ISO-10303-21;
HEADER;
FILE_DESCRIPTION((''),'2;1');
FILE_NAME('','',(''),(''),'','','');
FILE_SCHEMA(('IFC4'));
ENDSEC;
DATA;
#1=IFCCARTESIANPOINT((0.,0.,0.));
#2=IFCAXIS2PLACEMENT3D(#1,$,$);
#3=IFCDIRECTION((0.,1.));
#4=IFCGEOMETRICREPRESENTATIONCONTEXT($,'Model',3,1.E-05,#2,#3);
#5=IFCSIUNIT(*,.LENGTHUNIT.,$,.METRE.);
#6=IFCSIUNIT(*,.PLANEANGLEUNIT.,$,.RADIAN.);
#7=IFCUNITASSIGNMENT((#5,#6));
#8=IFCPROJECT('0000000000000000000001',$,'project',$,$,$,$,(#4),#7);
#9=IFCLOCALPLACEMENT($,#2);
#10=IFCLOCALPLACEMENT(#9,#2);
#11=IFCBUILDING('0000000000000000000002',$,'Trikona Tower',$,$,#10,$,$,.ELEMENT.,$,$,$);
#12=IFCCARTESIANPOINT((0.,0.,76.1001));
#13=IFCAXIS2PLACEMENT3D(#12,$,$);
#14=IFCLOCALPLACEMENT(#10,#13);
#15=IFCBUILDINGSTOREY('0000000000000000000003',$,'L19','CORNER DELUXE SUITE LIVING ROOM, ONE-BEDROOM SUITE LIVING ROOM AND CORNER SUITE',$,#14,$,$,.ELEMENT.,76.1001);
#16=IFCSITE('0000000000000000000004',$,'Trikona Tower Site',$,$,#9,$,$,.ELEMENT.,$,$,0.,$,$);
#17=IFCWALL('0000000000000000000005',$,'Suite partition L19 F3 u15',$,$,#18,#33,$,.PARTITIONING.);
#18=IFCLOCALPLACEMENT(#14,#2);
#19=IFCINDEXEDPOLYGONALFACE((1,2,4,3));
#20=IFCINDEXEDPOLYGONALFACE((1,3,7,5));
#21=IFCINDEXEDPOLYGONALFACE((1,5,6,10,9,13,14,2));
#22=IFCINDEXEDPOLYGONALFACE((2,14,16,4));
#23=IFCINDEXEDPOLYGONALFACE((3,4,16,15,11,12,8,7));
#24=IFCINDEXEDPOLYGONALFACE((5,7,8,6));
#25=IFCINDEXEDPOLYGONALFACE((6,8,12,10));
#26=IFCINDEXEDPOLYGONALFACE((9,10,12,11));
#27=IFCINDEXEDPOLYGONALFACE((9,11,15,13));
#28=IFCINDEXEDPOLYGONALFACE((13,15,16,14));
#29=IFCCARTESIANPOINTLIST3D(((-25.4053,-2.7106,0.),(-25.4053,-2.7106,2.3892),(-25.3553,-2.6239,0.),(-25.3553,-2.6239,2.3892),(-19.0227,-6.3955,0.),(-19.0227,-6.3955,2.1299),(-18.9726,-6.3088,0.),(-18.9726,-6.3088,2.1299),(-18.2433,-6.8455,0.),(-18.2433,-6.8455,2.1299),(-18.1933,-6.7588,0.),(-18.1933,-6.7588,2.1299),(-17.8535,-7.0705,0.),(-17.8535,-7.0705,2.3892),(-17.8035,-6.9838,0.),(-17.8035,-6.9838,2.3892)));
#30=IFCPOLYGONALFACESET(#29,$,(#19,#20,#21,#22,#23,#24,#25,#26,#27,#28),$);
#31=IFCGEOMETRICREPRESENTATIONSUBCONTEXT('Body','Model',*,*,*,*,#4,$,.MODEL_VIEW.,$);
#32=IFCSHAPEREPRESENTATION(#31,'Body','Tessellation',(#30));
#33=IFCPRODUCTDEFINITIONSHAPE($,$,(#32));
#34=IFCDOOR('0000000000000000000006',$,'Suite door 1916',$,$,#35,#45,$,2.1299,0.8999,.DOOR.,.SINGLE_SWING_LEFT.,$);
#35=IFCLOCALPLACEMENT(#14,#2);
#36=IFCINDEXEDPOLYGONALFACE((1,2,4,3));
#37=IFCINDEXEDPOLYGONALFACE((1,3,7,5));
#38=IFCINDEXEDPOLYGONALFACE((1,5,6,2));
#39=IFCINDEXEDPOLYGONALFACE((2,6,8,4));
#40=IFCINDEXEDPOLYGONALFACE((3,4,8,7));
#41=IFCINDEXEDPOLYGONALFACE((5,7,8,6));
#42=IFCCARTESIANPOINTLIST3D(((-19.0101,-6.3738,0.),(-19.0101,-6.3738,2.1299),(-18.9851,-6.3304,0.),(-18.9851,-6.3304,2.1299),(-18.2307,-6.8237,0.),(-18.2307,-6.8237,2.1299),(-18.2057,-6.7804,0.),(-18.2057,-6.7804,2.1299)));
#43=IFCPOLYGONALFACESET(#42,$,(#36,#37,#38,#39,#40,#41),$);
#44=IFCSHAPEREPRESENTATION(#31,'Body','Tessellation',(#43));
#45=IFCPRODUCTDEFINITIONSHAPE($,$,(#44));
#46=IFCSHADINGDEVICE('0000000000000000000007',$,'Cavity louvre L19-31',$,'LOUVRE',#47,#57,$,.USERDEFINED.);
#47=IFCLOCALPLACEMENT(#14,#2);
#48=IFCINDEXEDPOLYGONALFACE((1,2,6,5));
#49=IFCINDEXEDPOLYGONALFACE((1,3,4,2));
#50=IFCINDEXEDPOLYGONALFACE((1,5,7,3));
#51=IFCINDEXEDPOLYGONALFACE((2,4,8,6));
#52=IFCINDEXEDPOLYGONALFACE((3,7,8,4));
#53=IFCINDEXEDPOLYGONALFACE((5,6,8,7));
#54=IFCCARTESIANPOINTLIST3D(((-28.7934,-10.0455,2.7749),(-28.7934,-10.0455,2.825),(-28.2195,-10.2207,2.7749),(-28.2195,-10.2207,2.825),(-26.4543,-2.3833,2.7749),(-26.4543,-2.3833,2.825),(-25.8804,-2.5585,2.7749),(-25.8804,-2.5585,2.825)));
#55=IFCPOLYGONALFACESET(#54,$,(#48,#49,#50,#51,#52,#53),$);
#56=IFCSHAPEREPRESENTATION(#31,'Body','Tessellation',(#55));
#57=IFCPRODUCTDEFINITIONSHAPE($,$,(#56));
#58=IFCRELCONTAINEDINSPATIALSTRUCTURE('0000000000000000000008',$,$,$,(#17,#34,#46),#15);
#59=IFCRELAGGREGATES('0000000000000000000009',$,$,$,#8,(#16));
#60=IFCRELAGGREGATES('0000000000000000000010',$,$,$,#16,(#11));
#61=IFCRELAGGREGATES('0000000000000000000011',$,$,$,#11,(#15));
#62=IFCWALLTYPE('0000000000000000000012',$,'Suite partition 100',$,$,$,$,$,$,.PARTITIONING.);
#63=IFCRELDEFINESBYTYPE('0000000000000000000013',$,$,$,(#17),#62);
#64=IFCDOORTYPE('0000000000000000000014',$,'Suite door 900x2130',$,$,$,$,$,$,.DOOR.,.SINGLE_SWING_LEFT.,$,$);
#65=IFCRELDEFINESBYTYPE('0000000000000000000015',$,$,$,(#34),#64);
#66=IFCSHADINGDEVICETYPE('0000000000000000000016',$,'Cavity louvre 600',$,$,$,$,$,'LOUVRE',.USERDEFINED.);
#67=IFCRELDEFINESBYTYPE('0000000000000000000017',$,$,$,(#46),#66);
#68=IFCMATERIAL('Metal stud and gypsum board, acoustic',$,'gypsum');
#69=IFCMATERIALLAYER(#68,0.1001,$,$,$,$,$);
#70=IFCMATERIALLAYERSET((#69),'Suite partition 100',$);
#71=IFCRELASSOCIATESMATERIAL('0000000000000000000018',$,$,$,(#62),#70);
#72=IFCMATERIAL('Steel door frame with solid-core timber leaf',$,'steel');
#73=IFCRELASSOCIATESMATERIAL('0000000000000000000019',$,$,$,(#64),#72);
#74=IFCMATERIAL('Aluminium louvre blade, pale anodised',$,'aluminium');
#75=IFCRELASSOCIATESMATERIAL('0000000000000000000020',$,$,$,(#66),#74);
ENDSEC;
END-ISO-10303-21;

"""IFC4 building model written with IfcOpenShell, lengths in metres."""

from ifc_helpers import new_model, si_unit, direction, frame, frame_2d, origin, origin_2d, place, context, subcontext, project, spatial, rectangle, extrude, material, layer, layer_set, type_object, element, fill, save


model = new_model("IFC4")

# Units and contexts
model_context = context("Model", 3, precision=1e-05, world=origin(), true_north=direction((0.0, 1.0)))
body_context = subcontext(model_context, "Body", "Model", "MODEL_VIEW")
ifc_project = project(units=[si_unit("LENGTHUNIT", "METRE"), si_unit("PLANEANGLEUNIT", "RADIAN")], contexts=[model_context])

# Site, building, storey
site_placement = place(None, origin())
site = spatial("IfcSite", under=ifc_project, at=site_placement, Name="Trikona Tower Site", CompositionType="ELEMENT", RefElevation=0.0)
building_placement = place(site_placement, origin())
building = spatial("IfcBuilding", under=site, at=building_placement, Name="Trikona Tower", CompositionType="ELEMENT")
storey_placement = place(building_placement, frame((0.0, 0.0, 76.1001)))
storey = spatial("IfcBuildingStorey", under=building, at=storey_placement, Name="L19", Description="CORNER DELUXE SUITE LIVING ROOM, ONE-BEDROOM SUITE LIVING ROOM AND CORNER SUITE", CompositionType="ELEMENT", Elevation=76.1001)

# Wall, opening, door
ifc_material_1 = material(Name="Metal stud and gypsum board, acoustic", Category="gypsum")
ifc_layer_1 = layer(ifc_material_1, 0.1001)
ifc_layer_set_1 = layer_set([ifc_layer_1], Name="Suite partition 100")
wall_type_1 = type_object("IfcWallType", Name="Suite partition 100", PredefinedType="PARTITIONING", material=ifc_layer_set_1)
wall_1_placement = place(storey_placement, frame((-17.8286, -7.0271, 0.0), z_axis=(0.0, 0.0, 1.0), x_axis=(-0.866033, 0.499987, 0.0)))
wall_1 = element("IfcWall", 1, at=wall_1_placement, inside=storey, type_object=wall_type_1, Name="Suite partition L19 F3 u15", PredefinedType="PARTITIONING", context=body_context, shape_type="SweptSolid", body=[
    extrude(rectangle(XDim=8.72, YDim=0.1001, at=frame_2d((4.3599, 0.0))), origin(), (0.0, 0.0, 1.0), 2.3892),
])
opening_1_placement = place(wall_1_placement, frame((0.45, 0.0, 0.0)))
opening_1 = element("IfcOpeningElement", 2, at=opening_1_placement, cuts=wall_1, PredefinedType="OPENING", context=body_context, shape_type="SweptSolid", body=[
    extrude(rectangle(XDim=0.8999, YDim=2.1299, at=frame_2d((0.45, 1.0649))), frame((0.0, 0.0601, 0.0), z_axis=(0.0, -1.0, 0.0), x_axis=(1.0, 0.0, 0.0)), (0.0, 0.0, 1.0), 0.1201),
])
ifc_material_2 = material(Name="Steel door frame with solid-core timber leaf", Category="steel")
door_type_1 = type_object("IfcDoorType", Name="Suite door 900x2130", OperationType="SINGLE_SWING_LEFT", PredefinedType="DOOR", material=ifc_material_2)
door_1_placement = place(opening_1_placement, origin())
door_1 = element("IfcDoor", 3, at=door_1_placement, inside=storey, type_object=door_type_1, Name="Suite door 1916", OperationType="SINGLE_SWING_LEFT", OverallHeight=2.1299, OverallWidth=0.8999, PredefinedType="DOOR", context=body_context, shape_type="SweptSolid", body=[
    extrude(rectangle(XDim=0.8999, YDim=2.1299, at=frame_2d((0.45, 1.0649))), frame((0.0, 0.0249, 0.0), z_axis=(0.0, -1.0, 0.0), x_axis=(1.0, 0.0, 0.0)), (0.0, 0.0, 1.0), 0.05),
])
fill(opening_1, door_1)

# Shading device
ifc_material_3 = material(Name="Aluminium louvre blade, pale anodised", Category="aluminium")
shading_device_type = type_object("IfcShadingDeviceType", Name="Cavity louvre 600", ElementType="LOUVRE", PredefinedType="USERDEFINED", material=ifc_material_3)
shading_device_placement = place(storey_placement, frame((-27.3369, -6.302, 2.7749), z_axis=(0.0, 0.0, 1.0), x_axis=(-0.291979, -0.956425, 0.0)))
element("IfcShadingDevice", 4, at=shading_device_placement, inside=storey, type_object=shading_device_type, Name="Cavity louvre L19-31", ObjectType="LOUVRE", PredefinedType="USERDEFINED", context=body_context, shape_type="SweptSolid", body=[
    extrude(rectangle(XDim=8.0112, YDim=0.6001, at=origin_2d()), origin(), (0.0, 0.0, 1.0), 0.05),
])

save(model, "model.ifc")
